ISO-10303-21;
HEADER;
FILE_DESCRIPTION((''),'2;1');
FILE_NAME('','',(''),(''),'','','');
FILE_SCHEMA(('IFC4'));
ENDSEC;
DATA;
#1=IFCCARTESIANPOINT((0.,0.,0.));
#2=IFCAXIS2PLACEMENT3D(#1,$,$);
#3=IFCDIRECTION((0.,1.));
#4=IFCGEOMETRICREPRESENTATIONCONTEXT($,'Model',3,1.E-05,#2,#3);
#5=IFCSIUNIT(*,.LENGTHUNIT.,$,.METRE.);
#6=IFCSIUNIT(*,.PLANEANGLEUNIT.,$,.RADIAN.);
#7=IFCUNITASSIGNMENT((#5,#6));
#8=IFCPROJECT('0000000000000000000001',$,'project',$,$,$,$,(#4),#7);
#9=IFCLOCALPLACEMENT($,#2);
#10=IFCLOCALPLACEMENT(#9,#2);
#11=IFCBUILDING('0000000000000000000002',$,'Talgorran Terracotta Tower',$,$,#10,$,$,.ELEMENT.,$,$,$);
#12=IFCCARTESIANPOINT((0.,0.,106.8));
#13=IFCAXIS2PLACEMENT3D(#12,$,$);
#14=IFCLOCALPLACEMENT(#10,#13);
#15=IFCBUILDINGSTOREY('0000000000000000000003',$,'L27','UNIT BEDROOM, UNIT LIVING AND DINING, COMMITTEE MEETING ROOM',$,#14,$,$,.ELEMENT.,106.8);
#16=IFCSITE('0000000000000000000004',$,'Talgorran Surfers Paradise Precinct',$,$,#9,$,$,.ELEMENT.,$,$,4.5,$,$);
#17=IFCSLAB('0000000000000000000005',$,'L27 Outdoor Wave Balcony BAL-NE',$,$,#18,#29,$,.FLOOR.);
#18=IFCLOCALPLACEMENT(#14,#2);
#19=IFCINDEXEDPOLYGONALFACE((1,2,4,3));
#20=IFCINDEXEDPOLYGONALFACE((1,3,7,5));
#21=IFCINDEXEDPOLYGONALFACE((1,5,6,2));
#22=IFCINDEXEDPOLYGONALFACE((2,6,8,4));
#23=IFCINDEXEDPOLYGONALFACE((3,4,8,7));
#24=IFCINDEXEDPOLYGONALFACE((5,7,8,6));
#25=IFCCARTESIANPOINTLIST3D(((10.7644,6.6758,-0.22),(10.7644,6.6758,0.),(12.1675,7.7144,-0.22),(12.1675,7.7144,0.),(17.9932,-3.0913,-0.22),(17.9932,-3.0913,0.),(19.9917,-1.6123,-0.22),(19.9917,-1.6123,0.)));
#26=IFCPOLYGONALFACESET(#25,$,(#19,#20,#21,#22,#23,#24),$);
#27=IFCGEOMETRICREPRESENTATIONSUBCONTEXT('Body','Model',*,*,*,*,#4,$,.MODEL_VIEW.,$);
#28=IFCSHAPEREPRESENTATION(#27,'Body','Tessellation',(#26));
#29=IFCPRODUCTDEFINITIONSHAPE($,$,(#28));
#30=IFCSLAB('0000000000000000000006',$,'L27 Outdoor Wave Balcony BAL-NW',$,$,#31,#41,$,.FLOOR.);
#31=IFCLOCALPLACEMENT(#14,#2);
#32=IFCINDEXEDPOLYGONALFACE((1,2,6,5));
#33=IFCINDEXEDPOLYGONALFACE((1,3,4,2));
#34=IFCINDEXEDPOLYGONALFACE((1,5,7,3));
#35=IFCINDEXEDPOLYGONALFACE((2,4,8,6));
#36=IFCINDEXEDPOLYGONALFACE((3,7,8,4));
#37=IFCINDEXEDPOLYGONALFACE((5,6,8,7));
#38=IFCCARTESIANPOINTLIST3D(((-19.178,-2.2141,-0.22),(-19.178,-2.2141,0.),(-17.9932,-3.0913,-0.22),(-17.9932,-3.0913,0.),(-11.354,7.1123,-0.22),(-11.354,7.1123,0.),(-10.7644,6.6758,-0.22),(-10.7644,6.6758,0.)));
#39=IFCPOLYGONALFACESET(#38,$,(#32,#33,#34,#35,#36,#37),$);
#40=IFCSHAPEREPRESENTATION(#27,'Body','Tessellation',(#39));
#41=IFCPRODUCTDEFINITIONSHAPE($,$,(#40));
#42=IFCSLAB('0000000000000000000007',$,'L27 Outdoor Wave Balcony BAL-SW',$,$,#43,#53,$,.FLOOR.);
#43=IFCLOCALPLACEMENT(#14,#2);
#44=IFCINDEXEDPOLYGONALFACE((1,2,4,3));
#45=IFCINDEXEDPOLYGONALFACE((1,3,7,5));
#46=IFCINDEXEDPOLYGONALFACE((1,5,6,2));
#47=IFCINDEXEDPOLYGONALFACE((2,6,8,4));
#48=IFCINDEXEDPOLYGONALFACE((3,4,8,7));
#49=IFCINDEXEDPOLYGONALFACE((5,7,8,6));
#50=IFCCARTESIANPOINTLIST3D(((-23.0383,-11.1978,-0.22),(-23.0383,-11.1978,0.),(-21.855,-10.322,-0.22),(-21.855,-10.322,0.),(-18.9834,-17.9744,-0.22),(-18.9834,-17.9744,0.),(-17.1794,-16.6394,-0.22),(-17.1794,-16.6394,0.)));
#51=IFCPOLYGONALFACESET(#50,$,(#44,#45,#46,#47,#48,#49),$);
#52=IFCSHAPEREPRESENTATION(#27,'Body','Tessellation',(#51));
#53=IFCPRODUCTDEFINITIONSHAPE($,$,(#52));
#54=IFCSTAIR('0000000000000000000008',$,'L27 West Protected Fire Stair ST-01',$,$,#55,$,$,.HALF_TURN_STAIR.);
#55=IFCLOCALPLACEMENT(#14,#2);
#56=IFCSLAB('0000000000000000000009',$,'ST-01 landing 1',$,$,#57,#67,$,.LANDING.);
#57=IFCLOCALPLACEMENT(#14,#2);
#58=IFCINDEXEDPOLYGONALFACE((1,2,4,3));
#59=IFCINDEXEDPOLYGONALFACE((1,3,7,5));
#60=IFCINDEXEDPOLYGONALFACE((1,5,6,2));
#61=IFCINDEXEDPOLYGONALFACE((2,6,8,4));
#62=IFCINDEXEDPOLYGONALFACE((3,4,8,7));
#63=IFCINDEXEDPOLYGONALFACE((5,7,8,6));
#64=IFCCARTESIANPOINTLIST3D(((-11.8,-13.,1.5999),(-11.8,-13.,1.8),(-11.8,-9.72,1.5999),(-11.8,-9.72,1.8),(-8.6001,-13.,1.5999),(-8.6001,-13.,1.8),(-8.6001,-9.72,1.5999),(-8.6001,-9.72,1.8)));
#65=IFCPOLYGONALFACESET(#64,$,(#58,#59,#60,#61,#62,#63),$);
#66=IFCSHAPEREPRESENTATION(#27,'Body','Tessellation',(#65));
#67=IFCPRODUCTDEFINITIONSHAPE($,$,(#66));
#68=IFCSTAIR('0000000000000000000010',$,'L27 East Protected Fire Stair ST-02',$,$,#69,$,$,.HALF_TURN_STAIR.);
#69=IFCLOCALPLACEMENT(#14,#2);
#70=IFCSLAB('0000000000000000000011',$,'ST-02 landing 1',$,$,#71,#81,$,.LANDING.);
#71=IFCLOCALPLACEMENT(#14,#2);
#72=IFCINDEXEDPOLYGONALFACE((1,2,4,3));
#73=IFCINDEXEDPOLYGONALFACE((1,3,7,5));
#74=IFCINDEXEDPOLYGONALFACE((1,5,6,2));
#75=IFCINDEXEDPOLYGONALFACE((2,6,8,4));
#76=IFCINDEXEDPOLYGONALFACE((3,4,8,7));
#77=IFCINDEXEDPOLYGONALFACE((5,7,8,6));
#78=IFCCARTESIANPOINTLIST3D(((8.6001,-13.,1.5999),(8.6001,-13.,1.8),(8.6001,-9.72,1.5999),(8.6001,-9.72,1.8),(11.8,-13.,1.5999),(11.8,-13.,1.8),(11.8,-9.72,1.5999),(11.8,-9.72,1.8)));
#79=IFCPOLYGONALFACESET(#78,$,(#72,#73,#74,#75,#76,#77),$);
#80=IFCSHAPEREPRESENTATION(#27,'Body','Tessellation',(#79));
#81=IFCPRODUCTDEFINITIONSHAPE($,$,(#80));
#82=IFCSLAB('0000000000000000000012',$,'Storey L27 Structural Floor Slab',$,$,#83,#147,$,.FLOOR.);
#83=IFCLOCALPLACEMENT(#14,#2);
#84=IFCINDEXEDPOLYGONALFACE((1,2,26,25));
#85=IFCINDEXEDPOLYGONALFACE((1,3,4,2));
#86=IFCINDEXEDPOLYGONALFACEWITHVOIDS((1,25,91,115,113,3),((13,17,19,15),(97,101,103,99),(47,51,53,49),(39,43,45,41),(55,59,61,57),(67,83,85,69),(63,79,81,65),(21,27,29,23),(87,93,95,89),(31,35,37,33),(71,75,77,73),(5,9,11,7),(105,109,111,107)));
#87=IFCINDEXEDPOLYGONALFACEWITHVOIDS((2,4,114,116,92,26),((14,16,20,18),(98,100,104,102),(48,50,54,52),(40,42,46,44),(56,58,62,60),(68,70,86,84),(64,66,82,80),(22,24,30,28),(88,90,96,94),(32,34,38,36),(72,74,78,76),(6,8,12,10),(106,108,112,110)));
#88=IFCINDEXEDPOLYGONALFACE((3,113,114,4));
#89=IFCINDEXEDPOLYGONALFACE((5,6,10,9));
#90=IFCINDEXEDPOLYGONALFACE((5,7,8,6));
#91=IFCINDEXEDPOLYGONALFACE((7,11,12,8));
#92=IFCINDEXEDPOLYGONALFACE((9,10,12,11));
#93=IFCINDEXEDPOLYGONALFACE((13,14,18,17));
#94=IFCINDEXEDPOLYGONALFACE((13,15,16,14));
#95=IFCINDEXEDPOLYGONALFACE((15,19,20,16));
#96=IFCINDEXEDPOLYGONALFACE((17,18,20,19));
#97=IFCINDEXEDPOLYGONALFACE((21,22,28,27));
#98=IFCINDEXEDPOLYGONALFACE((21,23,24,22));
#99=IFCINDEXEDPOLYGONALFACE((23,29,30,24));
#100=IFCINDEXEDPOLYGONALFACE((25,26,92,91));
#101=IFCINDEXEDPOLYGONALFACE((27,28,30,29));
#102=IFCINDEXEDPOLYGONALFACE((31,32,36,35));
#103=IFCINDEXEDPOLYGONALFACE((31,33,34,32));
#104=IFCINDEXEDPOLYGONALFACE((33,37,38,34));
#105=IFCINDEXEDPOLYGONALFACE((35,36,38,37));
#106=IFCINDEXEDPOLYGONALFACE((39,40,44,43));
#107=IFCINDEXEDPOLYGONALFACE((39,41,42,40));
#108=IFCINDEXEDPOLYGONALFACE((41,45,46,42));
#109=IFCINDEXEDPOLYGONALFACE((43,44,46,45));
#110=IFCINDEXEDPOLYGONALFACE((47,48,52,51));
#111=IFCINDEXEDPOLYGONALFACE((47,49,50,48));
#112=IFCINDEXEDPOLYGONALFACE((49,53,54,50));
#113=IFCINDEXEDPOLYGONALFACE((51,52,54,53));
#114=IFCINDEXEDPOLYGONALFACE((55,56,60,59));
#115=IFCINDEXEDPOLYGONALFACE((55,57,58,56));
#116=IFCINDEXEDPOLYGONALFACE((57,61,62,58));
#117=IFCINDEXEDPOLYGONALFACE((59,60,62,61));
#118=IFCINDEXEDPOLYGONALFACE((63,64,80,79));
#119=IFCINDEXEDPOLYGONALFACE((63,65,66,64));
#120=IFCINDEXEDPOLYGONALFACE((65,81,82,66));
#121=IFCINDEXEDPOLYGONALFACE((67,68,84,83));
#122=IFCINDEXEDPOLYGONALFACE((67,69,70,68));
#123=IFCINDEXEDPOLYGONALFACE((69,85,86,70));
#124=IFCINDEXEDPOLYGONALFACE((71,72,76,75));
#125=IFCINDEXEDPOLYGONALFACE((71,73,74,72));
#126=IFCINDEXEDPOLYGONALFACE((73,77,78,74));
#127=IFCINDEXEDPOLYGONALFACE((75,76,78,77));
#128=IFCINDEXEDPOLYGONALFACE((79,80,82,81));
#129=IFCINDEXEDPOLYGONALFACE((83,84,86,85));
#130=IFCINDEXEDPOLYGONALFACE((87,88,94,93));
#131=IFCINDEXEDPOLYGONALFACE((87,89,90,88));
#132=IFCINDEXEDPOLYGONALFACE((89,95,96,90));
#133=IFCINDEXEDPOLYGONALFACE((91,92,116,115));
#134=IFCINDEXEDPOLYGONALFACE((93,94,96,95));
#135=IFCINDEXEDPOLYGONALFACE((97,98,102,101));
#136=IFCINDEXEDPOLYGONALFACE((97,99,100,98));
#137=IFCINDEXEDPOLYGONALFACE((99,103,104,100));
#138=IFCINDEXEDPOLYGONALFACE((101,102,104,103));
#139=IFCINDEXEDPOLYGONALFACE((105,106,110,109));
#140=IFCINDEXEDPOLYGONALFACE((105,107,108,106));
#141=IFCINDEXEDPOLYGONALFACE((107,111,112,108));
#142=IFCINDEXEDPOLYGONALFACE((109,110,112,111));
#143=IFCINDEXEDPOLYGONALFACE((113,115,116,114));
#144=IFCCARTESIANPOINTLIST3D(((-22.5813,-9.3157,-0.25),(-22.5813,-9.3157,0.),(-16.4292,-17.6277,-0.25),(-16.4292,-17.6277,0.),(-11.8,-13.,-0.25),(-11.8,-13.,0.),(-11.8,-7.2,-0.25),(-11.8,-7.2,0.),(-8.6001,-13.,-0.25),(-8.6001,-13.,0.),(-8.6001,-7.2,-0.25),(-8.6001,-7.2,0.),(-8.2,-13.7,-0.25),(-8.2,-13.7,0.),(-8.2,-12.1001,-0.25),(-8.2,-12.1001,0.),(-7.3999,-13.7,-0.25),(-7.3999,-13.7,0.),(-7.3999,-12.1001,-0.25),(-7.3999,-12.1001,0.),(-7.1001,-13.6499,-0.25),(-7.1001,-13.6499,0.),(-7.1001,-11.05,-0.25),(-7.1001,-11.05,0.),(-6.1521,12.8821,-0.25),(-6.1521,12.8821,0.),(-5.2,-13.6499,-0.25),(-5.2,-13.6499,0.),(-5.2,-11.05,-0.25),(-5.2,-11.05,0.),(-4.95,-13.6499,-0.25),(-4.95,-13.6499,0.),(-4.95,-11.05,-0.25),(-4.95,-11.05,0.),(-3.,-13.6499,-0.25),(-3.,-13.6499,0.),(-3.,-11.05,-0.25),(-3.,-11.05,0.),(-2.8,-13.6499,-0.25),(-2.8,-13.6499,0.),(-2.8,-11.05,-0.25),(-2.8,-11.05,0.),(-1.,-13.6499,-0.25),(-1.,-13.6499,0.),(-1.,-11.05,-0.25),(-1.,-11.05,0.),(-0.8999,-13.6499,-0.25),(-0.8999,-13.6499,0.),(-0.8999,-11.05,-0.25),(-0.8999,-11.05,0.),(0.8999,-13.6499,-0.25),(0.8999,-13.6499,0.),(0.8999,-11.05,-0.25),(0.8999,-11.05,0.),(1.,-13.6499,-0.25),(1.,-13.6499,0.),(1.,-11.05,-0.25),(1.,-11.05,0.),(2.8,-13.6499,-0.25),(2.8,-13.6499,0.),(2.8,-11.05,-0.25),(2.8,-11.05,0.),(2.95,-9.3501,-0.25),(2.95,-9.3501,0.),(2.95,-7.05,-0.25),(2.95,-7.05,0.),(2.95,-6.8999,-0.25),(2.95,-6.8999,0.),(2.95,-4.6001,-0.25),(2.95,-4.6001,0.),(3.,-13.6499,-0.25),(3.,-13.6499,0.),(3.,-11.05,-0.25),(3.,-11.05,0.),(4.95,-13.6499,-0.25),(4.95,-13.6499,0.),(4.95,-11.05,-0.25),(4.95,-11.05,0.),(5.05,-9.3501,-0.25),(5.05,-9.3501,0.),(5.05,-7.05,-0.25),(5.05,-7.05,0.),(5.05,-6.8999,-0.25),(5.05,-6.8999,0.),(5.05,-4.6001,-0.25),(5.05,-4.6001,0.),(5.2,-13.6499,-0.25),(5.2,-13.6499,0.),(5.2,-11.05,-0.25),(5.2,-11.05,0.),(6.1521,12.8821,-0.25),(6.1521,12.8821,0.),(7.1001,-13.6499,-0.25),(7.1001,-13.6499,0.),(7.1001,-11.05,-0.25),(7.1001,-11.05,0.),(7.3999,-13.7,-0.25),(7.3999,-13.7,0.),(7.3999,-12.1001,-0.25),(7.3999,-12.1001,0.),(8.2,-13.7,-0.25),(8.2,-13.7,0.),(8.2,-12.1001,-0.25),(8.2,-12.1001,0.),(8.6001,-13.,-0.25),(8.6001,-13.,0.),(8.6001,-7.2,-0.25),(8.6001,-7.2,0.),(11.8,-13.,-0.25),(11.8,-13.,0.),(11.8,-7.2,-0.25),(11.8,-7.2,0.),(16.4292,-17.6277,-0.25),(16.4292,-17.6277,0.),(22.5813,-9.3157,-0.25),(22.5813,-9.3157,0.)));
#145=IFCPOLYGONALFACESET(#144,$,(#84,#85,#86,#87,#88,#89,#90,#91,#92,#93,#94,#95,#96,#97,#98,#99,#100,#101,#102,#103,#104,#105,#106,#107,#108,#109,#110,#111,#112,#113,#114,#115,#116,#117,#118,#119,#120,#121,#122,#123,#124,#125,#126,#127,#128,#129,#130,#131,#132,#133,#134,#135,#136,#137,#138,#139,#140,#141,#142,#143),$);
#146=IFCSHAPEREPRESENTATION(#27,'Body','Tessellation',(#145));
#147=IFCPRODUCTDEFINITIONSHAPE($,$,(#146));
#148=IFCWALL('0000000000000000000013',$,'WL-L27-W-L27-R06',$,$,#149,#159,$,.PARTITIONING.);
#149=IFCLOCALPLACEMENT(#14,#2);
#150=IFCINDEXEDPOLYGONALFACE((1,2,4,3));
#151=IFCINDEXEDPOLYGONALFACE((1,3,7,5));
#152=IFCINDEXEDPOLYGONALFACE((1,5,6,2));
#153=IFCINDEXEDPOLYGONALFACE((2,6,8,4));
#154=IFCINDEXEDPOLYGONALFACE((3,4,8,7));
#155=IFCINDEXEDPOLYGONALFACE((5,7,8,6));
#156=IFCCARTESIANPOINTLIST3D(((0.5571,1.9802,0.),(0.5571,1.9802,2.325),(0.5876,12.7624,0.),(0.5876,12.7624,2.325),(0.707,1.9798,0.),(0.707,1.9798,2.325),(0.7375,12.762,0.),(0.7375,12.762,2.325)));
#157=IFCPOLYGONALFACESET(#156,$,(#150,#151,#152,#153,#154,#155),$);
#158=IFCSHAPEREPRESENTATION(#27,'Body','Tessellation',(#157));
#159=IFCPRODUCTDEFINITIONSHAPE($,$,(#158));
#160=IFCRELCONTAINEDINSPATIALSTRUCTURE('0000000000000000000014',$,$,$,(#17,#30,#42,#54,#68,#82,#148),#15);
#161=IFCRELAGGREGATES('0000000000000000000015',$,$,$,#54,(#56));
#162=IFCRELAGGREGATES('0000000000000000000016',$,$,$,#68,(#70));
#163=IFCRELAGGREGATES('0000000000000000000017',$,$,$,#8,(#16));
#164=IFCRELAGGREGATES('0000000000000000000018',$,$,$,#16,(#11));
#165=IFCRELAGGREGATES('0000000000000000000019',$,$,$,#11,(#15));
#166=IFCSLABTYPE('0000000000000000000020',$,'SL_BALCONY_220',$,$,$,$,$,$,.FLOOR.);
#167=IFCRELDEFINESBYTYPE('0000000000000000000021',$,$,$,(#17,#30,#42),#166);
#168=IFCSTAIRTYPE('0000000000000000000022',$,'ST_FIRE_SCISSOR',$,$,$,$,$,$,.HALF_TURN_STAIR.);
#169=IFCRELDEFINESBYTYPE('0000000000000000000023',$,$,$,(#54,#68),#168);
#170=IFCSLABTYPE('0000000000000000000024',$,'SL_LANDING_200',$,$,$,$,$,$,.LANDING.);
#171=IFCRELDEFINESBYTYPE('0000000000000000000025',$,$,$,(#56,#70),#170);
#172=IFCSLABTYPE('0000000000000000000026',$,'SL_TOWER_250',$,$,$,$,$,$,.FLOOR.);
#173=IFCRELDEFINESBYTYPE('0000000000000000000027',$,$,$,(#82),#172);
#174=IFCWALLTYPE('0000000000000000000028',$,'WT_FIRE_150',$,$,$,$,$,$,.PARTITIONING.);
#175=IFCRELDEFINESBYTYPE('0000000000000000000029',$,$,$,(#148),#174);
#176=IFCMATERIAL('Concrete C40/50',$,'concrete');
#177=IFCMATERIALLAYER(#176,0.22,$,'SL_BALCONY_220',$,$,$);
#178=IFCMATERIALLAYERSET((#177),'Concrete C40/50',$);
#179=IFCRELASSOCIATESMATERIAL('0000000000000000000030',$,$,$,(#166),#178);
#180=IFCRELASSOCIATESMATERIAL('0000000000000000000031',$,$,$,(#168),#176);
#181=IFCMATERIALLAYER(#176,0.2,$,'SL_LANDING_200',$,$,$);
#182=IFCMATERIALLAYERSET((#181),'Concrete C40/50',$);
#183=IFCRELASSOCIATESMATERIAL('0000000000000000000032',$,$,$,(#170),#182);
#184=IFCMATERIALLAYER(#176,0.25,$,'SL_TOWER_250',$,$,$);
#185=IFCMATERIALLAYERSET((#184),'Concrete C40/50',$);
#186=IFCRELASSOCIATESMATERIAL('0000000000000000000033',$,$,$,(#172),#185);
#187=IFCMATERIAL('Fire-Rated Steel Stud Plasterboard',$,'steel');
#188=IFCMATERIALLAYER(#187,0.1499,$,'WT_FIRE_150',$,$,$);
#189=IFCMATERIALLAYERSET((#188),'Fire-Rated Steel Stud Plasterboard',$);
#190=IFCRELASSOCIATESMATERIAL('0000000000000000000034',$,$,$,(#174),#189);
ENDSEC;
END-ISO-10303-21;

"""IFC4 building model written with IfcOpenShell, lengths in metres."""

from ifc_helpers import new_model, si_unit, direction, frame, frame_2d, origin, place, context, subcontext, project, spatial, polyline, rectangle, outline, extrude, material, layer, layer_set, type_object, element, aggregate, save


model = new_model("IFC4")

# Units and contexts
model_context = context("Model", 3, precision=1e-05, world=origin(), true_north=direction((0.0, 1.0)))
body_context = subcontext(model_context, "Body", "Model", "MODEL_VIEW")
ifc_project = project(units=[si_unit("LENGTHUNIT", "METRE"), si_unit("PLANEANGLEUNIT", "RADIAN")], contexts=[model_context])

# Site, building, storey
site_placement = place(None, origin())
site = spatial("IfcSite", under=ifc_project, at=site_placement, Name="Talgorran Surfers Paradise Precinct", CompositionType="ELEMENT", RefElevation=4.5)
building_placement = place(site_placement, origin())
building = spatial("IfcBuilding", under=site, at=building_placement, Name="Talgorran Terracotta Tower", CompositionType="ELEMENT")
storey_placement = place(building_placement, frame((0.0, 0.0, 106.8)))
storey = spatial("IfcBuildingStorey", under=building, at=storey_placement, Name="L27", Description="UNIT BEDROOM, UNIT LIVING AND DINING, COMMITTEE MEETING ROOM", CompositionType="ELEMENT", Elevation=106.8)

# Slabs
ifc_material_1 = material(Name="Concrete C40/50", Category="concrete")
ifc_layer_1 = layer(ifc_material_1, 0.22, Name="SL_BALCONY_220")
ifc_layer_set_1 = layer_set([ifc_layer_1], Name="Concrete C40/50")
slab_type_1 = type_object("IfcSlabType", Name="SL_BALCONY_220", PredefinedType="FLOOR", material=ifc_layer_set_1)
slab_1_placement = place(storey_placement, frame((0.0, 0.0, -0.22)))
element("IfcSlab", 1, at=slab_1_placement, inside=storey, type_object=slab_type_1, Name="L27 Outdoor Wave Balcony BAL-NE", PredefinedType="FLOOR", context=body_context, shape_type="SweptSolid", body=[
    extrude(outline(polyline([(10.7644, 6.6758), (17.9932, -3.0913), (19.9917, -1.6123), (12.1675, 7.7144), (10.7644, 6.6758)])), origin(), (0.0, 0.0, 1.0), 0.22),
])
slab_2_placement = place(storey_placement, frame((0.0, 0.0, -0.22)))
element("IfcSlab", 2, at=slab_2_placement, inside=storey, type_object=slab_type_1, Name="L27 Outdoor Wave Balcony BAL-NW", PredefinedType="FLOOR", context=body_context, shape_type="SweptSolid", body=[
    extrude(outline(polyline([(-17.9932, -3.0913), (-10.7644, 6.6758), (-11.354, 7.1123), (-19.178, -2.2141), (-17.9932, -3.0913)])), origin(), (0.0, 0.0, 1.0), 0.22),
])
slab_3_placement = place(storey_placement, frame((0.0, 0.0, -0.22)))
element("IfcSlab", 3, at=slab_3_placement, inside=storey, type_object=slab_type_1, Name="L27 Outdoor Wave Balcony BAL-SW", PredefinedType="FLOOR", context=body_context, shape_type="SweptSolid", body=[
    extrude(outline(polyline([(-17.1794, -16.6394), (-21.855, -10.322), (-23.0383, -11.1978), (-18.9834, -17.9744), (-17.1794, -16.6394)])), origin(), (0.0, 0.0, 1.0), 0.22),
])

# Stairs, slabs
stair_type = type_object("IfcStairType", Name="ST_FIRE_SCISSOR", PredefinedType="HALF_TURN_STAIR", material=ifc_material_1)
stair_1_placement = place(storey_placement, origin())
stair_1 = element("IfcStair", 4, at=stair_1_placement, inside=storey, type_object=stair_type, Name="L27 West Protected Fire Stair ST-01", PredefinedType="HALF_TURN_STAIR")
ifc_layer_2 = layer(ifc_material_1, 0.2, Name="SL_LANDING_200")
ifc_layer_set_2 = layer_set([ifc_layer_2], Name="Concrete C40/50")
slab_type_2 = type_object("IfcSlabType", Name="SL_LANDING_200", PredefinedType="LANDING", material=ifc_layer_set_2)
slab_4_placement = place(storey_placement, frame((0.0, 0.0, 1.5999)))
slab_4 = element("IfcSlab", 5, at=slab_4_placement, type_object=slab_type_2, Name="ST-01 landing 1", PredefinedType="LANDING", context=body_context, shape_type="SweptSolid", body=[
    extrude(outline(polyline([(-11.8, -9.72), (-11.8, -13.0), (-8.6001, -13.0), (-8.6001, -9.72), (-11.8, -9.72)])), origin(), (0.0, 0.0, 1.0), 0.2002),
])
aggregate(stair_1, [slab_4])
stair_2_placement = place(storey_placement, origin())
stair_2 = element("IfcStair", 6, at=stair_2_placement, inside=storey, type_object=stair_type, Name="L27 East Protected Fire Stair ST-02", PredefinedType="HALF_TURN_STAIR")
slab_5_placement = place(storey_placement, frame((0.0, 0.0, 1.5999)))
slab_5 = element("IfcSlab", 7, at=slab_5_placement, type_object=slab_type_2, Name="ST-02 landing 1", PredefinedType="LANDING", context=body_context, shape_type="SweptSolid", body=[
    extrude(outline(polyline([(8.6001, -9.72), (8.6001, -13.0), (11.8, -13.0), (11.8, -9.72), (8.6001, -9.72)])), origin(), (0.0, 0.0, 1.0), 0.2002),
])
aggregate(stair_2, [slab_5])

# Slab
ifc_layer_3 = layer(ifc_material_1, 0.25, Name="SL_TOWER_250")
ifc_layer_set_3 = layer_set([ifc_layer_3], Name="Concrete C40/50")
slab_type_3 = type_object("IfcSlabType", Name="SL_TOWER_250", PredefinedType="FLOOR", material=ifc_layer_set_3)
slab_6_placement = place(storey_placement, frame((0.0, 0.0, -0.25)))
element("IfcSlab", 8, at=slab_6_placement, inside=storey, type_object=slab_type_3, Name="Storey L27 Structural Floor Slab", PredefinedType="FLOOR", context=body_context, shape_type="SweptSolid", body=[
    extrude(outline(polyline([(-22.5813, -9.3157), (-16.4292, -17.6277), (16.4292, -17.6277), (22.5813, -9.3157), (6.1521, 12.8821), (-6.1521, 12.8821), (-22.5813, -9.3157)]), holes=[polyline([(-11.8, -7.2), (-11.8, -13.0), (-8.6001, -13.0), (-8.6001, -7.2), (-11.8, -7.2)]), polyline([(8.6001, -7.2), (8.6001, -13.0), (11.8, -13.0), (11.8, -7.2), (8.6001, -7.2)]), polyline([(-7.1001, -13.6499), (-5.2, -13.6499), (-5.2, -11.05), (-7.1001, -11.05), (-7.1001, -13.6499)]), polyline([(5.2, -13.6499), (7.1001, -13.6499), (7.1001, -11.05), (5.2, -11.05), (5.2, -13.6499)]), polyline([(3.0, -13.6499), (4.95, -13.6499), (4.95, -11.05), (3.0, -11.05), (3.0, -13.6499)]), polyline([(-4.95, -13.6499), (-3.0, -13.6499), (-3.0, -11.05), (-4.95, -11.05), (-4.95, -13.6499)]), polyline([(2.95, -9.3501), (5.05, -9.3501), (5.05, -7.05), (2.95, -7.05), (2.95, -9.3501)]), polyline([(2.95, -6.8999), (5.05, -6.8999), (5.05, -4.6001), (2.95, -4.6001), (2.95, -6.8999)]), polyline([(-2.8, -13.6499), (-1.0, -13.6499), (-1.0, -11.05), (-2.8, -11.05), (-2.8, -13.6499)]), polyline([(-0.8999, -13.6499), (0.8999, -13.6499), (0.8999, -11.05), (-0.8999, -11.05), (-0.8999, -13.6499)]), polyline([(1.0, -13.6499), (2.8, -13.6499), (2.8, -11.05), (1.0, -11.05), (1.0, -13.6499)]), polyline([(-8.2, -13.7), (-7.3999, -13.7), (-7.3999, -12.1001), (-8.2, -12.1001), (-8.2, -13.7)]), polyline([(7.3999, -13.7), (8.2, -13.7), (8.2, -12.1001), (7.3999, -12.1001), (7.3999, -13.7)])]), origin(), (0.0, 0.0, 1.0), 0.25),
])

# Wall
ifc_material_2 = material(Name="Fire-Rated Steel Stud Plasterboard", Category="steel")
ifc_layer_4 = layer(ifc_material_2, 0.1499, Name="WT_FIRE_150")
ifc_layer_set_4 = layer_set([ifc_layer_4], Name="Fire-Rated Steel Stud Plasterboard")
wall_type_1 = type_object("IfcWallType", Name="WT_FIRE_150", PredefinedType="PARTITIONING", material=ifc_layer_set_4)
wall_1_placement = place(storey_placement, frame((0.6321, 1.98, 0.0), z_axis=(0.0, 0.0, 1.0), x_axis=(0.00283, 0.999996, 0.0)))
element("IfcWall", 9, at=wall_1_placement, inside=storey, type_object=wall_type_1, Name="WL-L27-W-L27-R06", PredefinedType="PARTITIONING", context=body_context, shape_type="SweptSolid", body=[
    extrude(rectangle(XDim=10.7822, YDim=0.1499, at=frame_2d((5.3911, 0.0))), origin(), (0.0, 0.0, 1.0), 2.325),
])

save(model, "model.ifc")
